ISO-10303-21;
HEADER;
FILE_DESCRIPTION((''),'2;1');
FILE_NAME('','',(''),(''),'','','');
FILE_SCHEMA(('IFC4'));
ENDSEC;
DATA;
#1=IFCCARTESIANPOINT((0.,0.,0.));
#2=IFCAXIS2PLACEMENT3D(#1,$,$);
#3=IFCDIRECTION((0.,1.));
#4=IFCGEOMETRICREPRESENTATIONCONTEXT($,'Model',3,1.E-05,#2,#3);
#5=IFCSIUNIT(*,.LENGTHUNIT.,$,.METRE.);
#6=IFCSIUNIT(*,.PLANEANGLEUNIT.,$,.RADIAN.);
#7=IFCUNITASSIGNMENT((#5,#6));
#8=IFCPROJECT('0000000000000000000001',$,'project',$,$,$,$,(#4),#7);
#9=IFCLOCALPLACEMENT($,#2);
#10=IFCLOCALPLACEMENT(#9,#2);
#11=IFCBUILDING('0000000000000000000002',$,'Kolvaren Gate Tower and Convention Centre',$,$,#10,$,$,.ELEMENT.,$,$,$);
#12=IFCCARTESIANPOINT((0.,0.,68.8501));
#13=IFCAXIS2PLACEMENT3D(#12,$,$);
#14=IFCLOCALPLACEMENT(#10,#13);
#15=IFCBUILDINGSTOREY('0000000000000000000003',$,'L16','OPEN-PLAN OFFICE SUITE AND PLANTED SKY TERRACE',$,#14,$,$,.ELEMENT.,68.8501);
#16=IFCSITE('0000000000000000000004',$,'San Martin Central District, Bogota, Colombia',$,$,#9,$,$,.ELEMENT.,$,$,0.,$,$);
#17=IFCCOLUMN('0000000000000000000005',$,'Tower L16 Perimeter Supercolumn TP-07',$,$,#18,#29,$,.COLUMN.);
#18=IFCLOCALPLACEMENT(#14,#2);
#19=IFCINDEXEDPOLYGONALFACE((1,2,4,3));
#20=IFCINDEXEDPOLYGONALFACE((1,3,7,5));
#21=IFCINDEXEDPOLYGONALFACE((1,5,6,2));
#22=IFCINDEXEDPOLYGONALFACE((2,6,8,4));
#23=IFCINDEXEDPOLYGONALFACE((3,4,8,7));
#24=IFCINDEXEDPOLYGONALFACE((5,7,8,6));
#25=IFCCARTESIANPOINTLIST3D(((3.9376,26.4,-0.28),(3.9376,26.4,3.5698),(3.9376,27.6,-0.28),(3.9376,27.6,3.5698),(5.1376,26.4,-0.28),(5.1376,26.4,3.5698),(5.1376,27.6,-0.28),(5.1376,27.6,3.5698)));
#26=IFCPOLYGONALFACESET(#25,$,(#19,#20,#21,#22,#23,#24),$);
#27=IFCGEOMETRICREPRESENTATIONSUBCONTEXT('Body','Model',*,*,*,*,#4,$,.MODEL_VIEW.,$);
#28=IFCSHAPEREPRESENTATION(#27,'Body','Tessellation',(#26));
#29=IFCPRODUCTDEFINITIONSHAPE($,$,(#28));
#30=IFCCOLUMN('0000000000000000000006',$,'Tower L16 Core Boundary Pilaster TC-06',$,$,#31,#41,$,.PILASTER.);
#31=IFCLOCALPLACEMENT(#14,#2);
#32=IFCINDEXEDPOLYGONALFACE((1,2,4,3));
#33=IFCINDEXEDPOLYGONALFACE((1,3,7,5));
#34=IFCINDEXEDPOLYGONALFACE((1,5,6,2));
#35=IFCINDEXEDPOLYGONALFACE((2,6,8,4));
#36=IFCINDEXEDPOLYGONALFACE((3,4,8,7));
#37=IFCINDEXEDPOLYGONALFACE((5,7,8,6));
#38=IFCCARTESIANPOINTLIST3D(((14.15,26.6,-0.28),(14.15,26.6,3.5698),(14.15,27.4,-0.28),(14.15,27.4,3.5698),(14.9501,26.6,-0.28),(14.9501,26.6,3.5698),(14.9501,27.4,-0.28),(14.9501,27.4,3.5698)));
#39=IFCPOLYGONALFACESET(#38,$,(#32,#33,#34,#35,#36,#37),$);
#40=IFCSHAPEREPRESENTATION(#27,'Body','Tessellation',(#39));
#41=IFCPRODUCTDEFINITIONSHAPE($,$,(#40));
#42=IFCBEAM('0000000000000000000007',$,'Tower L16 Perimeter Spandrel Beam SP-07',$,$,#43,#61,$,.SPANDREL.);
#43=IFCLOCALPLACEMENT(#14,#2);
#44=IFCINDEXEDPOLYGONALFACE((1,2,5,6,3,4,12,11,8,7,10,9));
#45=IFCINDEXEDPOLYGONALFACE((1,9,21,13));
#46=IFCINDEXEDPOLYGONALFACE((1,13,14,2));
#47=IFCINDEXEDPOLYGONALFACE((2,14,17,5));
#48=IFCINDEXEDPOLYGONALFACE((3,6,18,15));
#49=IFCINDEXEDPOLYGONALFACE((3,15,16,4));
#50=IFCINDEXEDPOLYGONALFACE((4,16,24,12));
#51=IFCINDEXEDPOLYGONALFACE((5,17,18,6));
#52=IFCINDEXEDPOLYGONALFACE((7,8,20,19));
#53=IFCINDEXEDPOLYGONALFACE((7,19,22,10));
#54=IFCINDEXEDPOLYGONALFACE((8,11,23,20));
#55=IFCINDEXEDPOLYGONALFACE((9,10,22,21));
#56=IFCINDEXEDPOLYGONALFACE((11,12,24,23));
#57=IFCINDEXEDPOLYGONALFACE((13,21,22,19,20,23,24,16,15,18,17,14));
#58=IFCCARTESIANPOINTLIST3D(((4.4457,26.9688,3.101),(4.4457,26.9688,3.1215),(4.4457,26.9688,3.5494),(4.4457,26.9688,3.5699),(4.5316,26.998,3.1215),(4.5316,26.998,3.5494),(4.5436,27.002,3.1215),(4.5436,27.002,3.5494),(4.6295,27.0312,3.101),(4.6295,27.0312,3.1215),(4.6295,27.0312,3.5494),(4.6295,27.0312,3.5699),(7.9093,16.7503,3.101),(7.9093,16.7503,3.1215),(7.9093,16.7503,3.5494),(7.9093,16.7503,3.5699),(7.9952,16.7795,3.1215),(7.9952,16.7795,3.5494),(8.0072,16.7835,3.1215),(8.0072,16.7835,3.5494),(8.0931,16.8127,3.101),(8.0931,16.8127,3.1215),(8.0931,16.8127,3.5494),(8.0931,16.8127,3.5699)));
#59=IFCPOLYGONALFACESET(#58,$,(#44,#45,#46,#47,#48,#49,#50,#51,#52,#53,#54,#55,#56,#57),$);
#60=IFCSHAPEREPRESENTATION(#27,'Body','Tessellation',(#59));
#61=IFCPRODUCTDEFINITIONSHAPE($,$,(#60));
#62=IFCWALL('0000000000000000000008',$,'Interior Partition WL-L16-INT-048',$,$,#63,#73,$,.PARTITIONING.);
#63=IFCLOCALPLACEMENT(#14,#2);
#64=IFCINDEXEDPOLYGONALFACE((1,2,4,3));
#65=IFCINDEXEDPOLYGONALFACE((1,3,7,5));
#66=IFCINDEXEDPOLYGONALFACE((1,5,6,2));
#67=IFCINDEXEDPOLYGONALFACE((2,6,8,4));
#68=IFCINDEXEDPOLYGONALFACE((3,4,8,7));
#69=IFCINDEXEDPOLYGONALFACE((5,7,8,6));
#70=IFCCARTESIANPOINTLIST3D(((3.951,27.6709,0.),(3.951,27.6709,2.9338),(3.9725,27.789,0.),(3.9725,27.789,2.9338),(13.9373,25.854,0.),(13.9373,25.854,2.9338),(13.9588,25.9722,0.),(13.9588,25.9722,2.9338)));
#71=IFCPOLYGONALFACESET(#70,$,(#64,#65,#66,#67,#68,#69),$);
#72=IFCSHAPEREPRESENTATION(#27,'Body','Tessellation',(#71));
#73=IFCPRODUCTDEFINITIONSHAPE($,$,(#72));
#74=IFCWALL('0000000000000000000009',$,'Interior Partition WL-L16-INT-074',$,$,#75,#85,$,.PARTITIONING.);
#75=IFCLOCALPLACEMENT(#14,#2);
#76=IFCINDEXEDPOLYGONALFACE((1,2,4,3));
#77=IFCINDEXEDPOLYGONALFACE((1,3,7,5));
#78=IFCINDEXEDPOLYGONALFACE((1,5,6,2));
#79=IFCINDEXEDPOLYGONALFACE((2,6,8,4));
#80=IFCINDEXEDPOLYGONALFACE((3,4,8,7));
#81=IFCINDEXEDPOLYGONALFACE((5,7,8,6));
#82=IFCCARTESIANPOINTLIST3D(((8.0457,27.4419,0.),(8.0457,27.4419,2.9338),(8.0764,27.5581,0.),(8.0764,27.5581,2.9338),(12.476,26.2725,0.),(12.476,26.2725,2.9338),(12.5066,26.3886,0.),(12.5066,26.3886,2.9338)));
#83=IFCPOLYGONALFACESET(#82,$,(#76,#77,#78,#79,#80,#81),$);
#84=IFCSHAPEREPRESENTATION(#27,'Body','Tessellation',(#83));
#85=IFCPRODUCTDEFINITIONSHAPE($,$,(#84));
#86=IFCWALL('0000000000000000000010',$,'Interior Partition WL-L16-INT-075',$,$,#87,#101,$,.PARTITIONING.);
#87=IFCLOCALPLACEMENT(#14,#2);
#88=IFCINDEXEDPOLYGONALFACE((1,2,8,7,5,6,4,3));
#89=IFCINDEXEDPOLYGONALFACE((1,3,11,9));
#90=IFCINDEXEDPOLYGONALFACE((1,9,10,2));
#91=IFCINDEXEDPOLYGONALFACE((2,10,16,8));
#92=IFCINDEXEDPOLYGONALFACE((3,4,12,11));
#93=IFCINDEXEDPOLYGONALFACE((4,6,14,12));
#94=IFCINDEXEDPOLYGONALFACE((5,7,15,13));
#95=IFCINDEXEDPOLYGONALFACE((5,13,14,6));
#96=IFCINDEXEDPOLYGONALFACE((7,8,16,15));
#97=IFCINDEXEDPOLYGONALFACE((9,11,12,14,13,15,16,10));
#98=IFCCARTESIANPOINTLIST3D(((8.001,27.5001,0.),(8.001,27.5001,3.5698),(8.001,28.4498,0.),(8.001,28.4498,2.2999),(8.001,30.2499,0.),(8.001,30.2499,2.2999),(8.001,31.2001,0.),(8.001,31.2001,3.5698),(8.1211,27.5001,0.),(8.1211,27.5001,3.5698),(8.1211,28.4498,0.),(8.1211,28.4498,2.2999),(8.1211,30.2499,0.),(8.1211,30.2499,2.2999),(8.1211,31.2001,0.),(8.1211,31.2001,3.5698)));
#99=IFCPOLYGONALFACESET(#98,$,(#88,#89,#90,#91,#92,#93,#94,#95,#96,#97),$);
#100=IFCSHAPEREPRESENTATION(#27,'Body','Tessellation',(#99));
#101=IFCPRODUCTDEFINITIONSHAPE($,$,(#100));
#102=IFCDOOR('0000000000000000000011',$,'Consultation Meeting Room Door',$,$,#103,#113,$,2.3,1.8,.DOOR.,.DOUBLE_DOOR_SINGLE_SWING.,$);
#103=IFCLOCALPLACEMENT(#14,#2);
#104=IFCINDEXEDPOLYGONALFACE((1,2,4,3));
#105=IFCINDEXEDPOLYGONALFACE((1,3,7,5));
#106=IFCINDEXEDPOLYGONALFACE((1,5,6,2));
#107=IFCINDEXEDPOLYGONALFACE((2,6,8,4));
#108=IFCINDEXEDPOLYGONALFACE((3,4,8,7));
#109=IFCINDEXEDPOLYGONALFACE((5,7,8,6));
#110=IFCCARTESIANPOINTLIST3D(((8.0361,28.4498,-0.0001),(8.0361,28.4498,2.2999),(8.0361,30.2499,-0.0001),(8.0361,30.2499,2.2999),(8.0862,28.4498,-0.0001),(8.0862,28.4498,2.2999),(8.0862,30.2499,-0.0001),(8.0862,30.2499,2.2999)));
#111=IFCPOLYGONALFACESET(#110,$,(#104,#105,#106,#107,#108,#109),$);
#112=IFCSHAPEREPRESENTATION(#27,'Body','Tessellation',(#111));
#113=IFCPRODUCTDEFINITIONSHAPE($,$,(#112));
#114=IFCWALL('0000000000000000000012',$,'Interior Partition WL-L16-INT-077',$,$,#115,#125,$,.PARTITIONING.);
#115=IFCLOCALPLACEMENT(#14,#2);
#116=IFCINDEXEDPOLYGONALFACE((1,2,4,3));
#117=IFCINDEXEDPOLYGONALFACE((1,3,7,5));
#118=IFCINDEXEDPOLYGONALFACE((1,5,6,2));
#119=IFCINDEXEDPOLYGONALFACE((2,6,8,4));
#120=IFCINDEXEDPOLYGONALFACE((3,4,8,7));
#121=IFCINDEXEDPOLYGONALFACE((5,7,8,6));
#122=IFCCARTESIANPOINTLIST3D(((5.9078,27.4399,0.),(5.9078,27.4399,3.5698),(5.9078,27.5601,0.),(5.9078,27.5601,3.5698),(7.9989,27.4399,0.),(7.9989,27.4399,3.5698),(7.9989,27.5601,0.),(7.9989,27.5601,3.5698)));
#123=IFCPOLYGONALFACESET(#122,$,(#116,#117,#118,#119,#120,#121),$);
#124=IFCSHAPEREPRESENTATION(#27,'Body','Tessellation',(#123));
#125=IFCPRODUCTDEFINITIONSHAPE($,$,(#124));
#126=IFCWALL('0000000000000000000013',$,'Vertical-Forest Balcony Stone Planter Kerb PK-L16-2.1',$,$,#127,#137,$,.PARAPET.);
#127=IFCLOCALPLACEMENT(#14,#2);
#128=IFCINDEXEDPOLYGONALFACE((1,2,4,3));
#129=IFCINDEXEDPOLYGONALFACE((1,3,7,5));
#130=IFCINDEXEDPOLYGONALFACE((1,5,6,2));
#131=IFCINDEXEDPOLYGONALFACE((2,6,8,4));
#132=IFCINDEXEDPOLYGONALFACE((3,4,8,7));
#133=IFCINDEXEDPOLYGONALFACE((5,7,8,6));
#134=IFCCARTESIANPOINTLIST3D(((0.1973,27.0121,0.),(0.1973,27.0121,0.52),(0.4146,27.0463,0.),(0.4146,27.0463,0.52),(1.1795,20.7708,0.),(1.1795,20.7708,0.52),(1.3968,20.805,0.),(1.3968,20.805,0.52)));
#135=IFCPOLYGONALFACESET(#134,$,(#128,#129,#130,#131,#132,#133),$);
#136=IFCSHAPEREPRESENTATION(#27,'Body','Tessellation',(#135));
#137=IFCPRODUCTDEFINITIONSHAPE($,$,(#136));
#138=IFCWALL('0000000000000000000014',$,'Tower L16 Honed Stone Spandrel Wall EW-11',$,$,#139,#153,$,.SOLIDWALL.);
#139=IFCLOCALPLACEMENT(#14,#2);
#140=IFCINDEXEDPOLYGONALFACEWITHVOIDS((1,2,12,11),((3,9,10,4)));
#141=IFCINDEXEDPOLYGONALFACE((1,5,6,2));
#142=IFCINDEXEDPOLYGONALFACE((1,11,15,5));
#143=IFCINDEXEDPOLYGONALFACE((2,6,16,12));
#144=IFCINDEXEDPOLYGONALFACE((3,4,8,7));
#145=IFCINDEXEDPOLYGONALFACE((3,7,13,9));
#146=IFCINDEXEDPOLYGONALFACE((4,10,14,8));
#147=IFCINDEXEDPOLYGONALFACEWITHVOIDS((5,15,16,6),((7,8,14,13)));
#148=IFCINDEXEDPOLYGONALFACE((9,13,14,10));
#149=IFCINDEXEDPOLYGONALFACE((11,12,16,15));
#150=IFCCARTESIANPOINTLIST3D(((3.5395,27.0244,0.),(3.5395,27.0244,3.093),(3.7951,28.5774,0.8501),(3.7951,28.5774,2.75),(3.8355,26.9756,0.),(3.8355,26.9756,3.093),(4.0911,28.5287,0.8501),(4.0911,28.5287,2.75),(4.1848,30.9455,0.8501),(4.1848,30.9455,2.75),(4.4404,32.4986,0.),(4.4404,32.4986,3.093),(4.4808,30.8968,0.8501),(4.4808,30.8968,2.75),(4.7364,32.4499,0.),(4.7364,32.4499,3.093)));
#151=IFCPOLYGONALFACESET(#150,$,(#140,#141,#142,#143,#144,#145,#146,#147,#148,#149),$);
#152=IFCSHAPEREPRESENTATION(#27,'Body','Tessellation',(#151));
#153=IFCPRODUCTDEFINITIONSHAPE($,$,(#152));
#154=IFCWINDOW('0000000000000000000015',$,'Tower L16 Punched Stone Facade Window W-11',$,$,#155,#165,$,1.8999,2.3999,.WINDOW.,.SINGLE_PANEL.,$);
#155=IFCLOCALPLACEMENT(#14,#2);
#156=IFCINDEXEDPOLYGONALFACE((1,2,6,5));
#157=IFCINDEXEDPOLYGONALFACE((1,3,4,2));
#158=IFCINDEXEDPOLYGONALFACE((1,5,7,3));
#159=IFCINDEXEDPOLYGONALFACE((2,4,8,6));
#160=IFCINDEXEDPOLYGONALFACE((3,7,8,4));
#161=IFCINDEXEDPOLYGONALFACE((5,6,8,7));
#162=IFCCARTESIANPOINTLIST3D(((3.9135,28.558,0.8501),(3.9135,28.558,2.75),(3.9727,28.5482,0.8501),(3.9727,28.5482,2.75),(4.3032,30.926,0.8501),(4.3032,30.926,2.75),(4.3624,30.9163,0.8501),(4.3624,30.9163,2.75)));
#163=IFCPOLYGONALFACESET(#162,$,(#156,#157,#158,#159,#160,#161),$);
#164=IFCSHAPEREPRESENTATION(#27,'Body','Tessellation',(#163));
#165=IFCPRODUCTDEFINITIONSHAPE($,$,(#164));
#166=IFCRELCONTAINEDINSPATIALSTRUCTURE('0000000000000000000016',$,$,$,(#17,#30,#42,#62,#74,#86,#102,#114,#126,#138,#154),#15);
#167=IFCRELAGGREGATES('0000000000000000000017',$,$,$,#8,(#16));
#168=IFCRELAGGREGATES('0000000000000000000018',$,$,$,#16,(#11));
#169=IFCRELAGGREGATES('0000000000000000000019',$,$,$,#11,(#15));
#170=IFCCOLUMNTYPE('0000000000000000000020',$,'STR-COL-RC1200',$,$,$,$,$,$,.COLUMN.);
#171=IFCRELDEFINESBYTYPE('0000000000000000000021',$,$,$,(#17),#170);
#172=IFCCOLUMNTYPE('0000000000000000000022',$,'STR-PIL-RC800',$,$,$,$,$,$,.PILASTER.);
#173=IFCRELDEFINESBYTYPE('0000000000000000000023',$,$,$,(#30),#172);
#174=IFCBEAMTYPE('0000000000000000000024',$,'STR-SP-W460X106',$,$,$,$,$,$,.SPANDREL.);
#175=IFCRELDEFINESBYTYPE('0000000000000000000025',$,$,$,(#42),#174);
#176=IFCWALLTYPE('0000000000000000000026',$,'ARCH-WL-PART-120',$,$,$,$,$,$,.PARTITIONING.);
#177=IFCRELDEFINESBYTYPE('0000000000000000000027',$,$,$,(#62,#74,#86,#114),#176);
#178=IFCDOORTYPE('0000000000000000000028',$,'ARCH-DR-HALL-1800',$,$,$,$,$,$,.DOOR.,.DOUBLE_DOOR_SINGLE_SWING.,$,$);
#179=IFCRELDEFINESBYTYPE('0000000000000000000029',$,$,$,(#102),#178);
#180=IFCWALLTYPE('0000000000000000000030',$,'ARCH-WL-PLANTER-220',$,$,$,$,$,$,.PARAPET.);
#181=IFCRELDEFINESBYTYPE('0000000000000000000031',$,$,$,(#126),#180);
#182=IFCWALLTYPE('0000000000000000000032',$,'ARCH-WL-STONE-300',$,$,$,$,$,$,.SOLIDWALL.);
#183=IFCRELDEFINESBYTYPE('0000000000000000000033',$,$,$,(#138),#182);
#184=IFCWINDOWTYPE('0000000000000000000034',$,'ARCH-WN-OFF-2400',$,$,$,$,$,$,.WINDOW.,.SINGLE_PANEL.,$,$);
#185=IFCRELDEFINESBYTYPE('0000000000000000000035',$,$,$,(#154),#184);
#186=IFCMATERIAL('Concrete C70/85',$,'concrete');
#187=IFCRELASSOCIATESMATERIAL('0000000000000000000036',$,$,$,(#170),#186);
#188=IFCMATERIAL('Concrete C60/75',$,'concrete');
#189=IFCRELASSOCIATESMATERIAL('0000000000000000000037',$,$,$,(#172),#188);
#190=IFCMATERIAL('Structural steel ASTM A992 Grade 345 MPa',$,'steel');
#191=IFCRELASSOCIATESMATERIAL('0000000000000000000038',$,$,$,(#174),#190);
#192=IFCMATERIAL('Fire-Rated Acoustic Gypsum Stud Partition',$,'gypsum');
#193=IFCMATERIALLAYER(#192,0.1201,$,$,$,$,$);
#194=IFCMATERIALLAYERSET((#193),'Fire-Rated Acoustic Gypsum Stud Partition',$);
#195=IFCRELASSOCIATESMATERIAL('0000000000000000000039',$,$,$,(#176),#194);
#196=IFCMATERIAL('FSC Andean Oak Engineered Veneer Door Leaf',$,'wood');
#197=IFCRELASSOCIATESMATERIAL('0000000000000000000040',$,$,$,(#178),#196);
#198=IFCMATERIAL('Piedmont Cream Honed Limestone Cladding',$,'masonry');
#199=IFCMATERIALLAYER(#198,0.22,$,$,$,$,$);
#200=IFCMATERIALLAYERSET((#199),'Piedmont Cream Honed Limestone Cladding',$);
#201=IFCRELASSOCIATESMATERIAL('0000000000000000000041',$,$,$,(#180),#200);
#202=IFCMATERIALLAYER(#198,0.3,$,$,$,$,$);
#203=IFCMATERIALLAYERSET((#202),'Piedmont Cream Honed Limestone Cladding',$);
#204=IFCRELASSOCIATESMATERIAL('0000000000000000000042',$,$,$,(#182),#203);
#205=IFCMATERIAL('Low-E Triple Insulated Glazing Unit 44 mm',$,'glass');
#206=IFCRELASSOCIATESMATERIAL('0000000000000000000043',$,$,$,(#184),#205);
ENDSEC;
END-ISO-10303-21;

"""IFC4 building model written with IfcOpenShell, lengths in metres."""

from ifc_helpers import new_model, si_unit, direction, frame, frame_2d, origin, origin_2d, place, context, subcontext, project, spatial, rectangle, i_section, extrude, material, layer, layer_set, material_profile, profile_set, type_object, element, fill, save


model = new_model("IFC4")

# Units and contexts
model_context = context("Model", 3, precision=1e-05, world=origin(), true_north=direction((0.0, 1.0)))
body_context = subcontext(model_context, "Body", "Model", "MODEL_VIEW")
ifc_project = project(units=[si_unit("LENGTHUNIT", "METRE"), si_unit("PLANEANGLEUNIT", "RADIAN")], contexts=[model_context])

# Site, building, storey
site_placement = place(None, origin())
site = spatial("IfcSite", under=ifc_project, at=site_placement, Name="San Martin Central District, Bogota, Colombia", CompositionType="ELEMENT", RefElevation=0.0)
building_placement = place(site_placement, origin())
building = spatial("IfcBuilding", under=site, at=building_placement, Name="Kolvaren Gate Tower and Convention Centre", CompositionType="ELEMENT")
storey_placement = place(building_placement, frame((0.0, 0.0, 68.8501)))
storey = spatial("IfcBuildingStorey", under=building, at=storey_placement, Name="L16", Description="OPEN-PLAN OFFICE SUITE AND PLANTED SKY TERRACE", CompositionType="ELEMENT", Elevation=68.8501)

# Columns
ifc_material_1 = material(Name="Concrete C70/85", Category="concrete")
ifc_material_profile_1 = material_profile(ifc_material_1, rectangle(XDim=1.2, YDim=1.2, at=origin_2d()), Name="RC-COL-1200X1200")
ifc_profile_set_1 = profile_set([ifc_material_profile_1], Name="Concrete C70/85")
column_type_1 = type_object("IfcColumnType", Name="STR-COL-RC1200", PredefinedType="COLUMN", material=ifc_profile_set_1)
column_1_placement = place(storey_placement, frame((4.5376, 27.0, -0.28), z_axis=(0.0, 0.0, 1.0), x_axis=(1.0, 0.0, 0.0)))
element("IfcColumn", 1, at=column_1_placement, inside=storey, type_object=column_type_1, Name="Tower L16 Perimeter Supercolumn TP-07", PredefinedType="COLUMN", context=body_context, shape_type="SweptSolid", body=[
    extrude(rectangle(XDim=1.2, YDim=1.2, at=origin_2d()), origin(), (0.0, 0.0, 1.0), 3.8499),
])
ifc_material_2 = material(Name="Concrete C60/75", Category="concrete")
ifc_material_profile_2 = material_profile(ifc_material_2, rectangle(XDim=0.8, YDim=0.8, at=origin_2d()), Name="RC-COL-800X800")
ifc_profile_set_2 = profile_set([ifc_material_profile_2], Name="Concrete C60/75")
column_type_2 = type_object("IfcColumnType", Name="STR-PIL-RC800", PredefinedType="PILASTER", material=ifc_profile_set_2)
column_2_placement = place(storey_placement, frame((14.55, 27.0, -0.28), z_axis=(0.0, 0.0, 1.0), x_axis=(1.0, 0.0, 0.0)))
element("IfcColumn", 2, at=column_2_placement, inside=storey, type_object=column_type_2, Name="Tower L16 Core Boundary Pilaster TC-06", PredefinedType="PILASTER", context=body_context, shape_type="SweptSolid", body=[
    extrude(rectangle(XDim=0.8, YDim=0.8, at=origin_2d()), origin(), (0.0, 0.0, 1.0), 3.8499),
])

# Beam
ifc_material_3 = material(Name="Structural steel ASTM A992 Grade 345 MPa", Category="steel")
ifc_material_profile_3 = material_profile(ifc_material_3, i_section(OverallWidth=0.1941, OverallDepth=0.469, WebThickness=0.0127, FlangeThickness=0.0205, at=origin_2d()), Name="W460X106")
ifc_profile_set_3 = profile_set([ifc_material_profile_3], Name="Structural steel ASTM A992 Grade 345 MPa")
beam_type = type_object("IfcBeamType", Name="STR-SP-W460X106", PredefinedType="SPANDREL", material=ifc_profile_set_3)
beam_placement = place(storey_placement, frame((4.5376, 27.0, 3.3354), z_axis=(0.321016, -0.947074, 0.0), x_axis=(0.947074, 0.321016, 0.0)))
element("IfcBeam", 3, at=beam_placement, inside=storey, type_object=beam_type, Name="Tower L16 Perimeter Spandrel Beam SP-07", PredefinedType="SPANDREL", context=body_context, shape_type="SweptSolid", body=[
    extrude(i_section(OverallWidth=0.1941, OverallDepth=0.469, WebThickness=0.0127, FlangeThickness=0.0205, at=origin_2d()), origin(), (0.0, 0.0, 1.0), 10.7896),
])

# Walls
ifc_material_4 = material(Name="Fire-Rated Acoustic Gypsum Stud Partition", Category="gypsum")
ifc_layer_1 = layer(ifc_material_4, 0.1201)
ifc_layer_set_1 = layer_set([ifc_layer_1], Name="Fire-Rated Acoustic Gypsum Stud Partition")
wall_type_1 = type_object("IfcWallType", Name="ARCH-WL-PART-120", PredefinedType="PARTITIONING", material=ifc_layer_set_1)
wall_1_placement = place(storey_placement, frame((3.9617, 27.73, 0.0), z_axis=(0.0, 0.0, 1.0), x_axis=(0.983849, -0.179, 0.0)))
element("IfcWall", 4, at=wall_1_placement, inside=storey, type_object=wall_type_1, Name="Interior Partition WL-L16-INT-048", PredefinedType="PARTITIONING", context=body_context, shape_type="SweptSolid", body=[
    extrude(rectangle(XDim=10.1501, YDim=0.1201, at=frame_2d((5.0752, 0.0))), origin(), (0.0, 0.0, 1.0), 2.9338),
])
wall_2_placement = place(storey_placement, frame((8.061, 27.5, 0.0), z_axis=(0.0, 0.0, 1.0), x_axis=(0.966881, -0.255228, 0.0)))
element("IfcWall", 5, at=wall_2_placement, inside=storey, type_object=wall_type_1, Name="Interior Partition WL-L16-INT-074", PredefinedType="PARTITIONING", context=body_context, shape_type="SweptSolid", body=[
    extrude(rectangle(XDim=4.582, YDim=0.1201, at=frame_2d((2.291, 0.0))), origin(), (0.0, 0.0, 1.0), 2.9338),
])

# Wall, opening, door
wall_3_placement = place(storey_placement, frame((8.061, 27.5, 0.0), z_axis=(0.0, 0.0, 1.0), x_axis=(0.0, 1.0, 0.0)))
wall_3 = element("IfcWall", 6, at=wall_3_placement, inside=storey, type_object=wall_type_1, Name="Interior Partition WL-L16-INT-075", PredefinedType="PARTITIONING", context=body_context, shape_type="SweptSolid", body=[
    extrude(rectangle(XDim=3.7, YDim=0.1201, at=frame_2d((1.8501, 0.0))), origin(), (0.0, 0.0, 1.0), 3.5698),
])
opening_1_placement = place(wall_3_placement, frame((0.95, 0.0, 0.0)))
opening_1 = element("IfcOpeningElement", 7, at=opening_1_placement, cuts=wall_3, PredefinedType="OPENING", context=body_context, shape_type="SweptSolid", body=[
    extrude(rectangle(XDim=1.8, YDim=2.3, at=frame_2d((0.8999, 1.1499))), frame((0.0, 0.0701, 0.0), z_axis=(0.0, -1.0, 0.0), x_axis=(1.0, 0.0, 0.0)), (0.0, 0.0, 1.0), 0.1401),
])
ifc_material_5 = material(Name="FSC Andean Oak Engineered Veneer Door Leaf", Category="wood")
door_type = type_object("IfcDoorType", Name="ARCH-DR-HALL-1800", OperationType="DOUBLE_DOOR_SINGLE_SWING", PredefinedType="DOOR", material=ifc_material_5)
door_placement = place(opening_1_placement, origin())
door = element("IfcDoor", 8, at=door_placement, inside=storey, type_object=door_type, Name="Consultation Meeting Room Door", OperationType="DOUBLE_DOOR_SINGLE_SWING", OverallHeight=2.3, OverallWidth=1.8, PredefinedType="DOOR", context=body_context, shape_type="SweptSolid", body=[
    extrude(rectangle(XDim=1.8, YDim=2.3, at=frame_2d((0.8999, 1.1499))), frame((0.0, 0.0249, 0.0), z_axis=(0.0, -1.0, 0.0), x_axis=(1.0, 0.0, 0.0)), (0.0, 0.0, 1.0), 0.05),
])
fill(opening_1, door)

# Walls
wall_4_placement = place(storey_placement, frame((5.908, 27.5, 0.0), z_axis=(0.0, 0.0, 1.0), x_axis=(1.0, 0.0, 0.0)))
element("IfcWall", 9, at=wall_4_placement, inside=storey, type_object=wall_type_1, Name="Interior Partition WL-L16-INT-077", PredefinedType="PARTITIONING", context=body_context, shape_type="SweptSolid", body=[
    extrude(rectangle(XDim=2.0911, YDim=0.1201, at=frame_2d((1.0454, 0.0))), origin(), (0.0, 0.0, 1.0), 3.5698),
])
ifc_material_6 = material(Name="Piedmont Cream Honed Limestone Cladding", Category="masonry")
ifc_layer_2 = layer(ifc_material_6, 0.22)
ifc_layer_set_2 = layer_set([ifc_layer_2], Name="Piedmont Cream Honed Limestone Cladding")
wall_type_2 = type_object("IfcWallType", Name="ARCH-WL-PLANTER-220", PredefinedType="PARAPET", material=ifc_layer_set_2)
wall_5_placement = place(storey_placement, frame((0.3059, 27.0293, 0.0), z_axis=(0.0, 0.0, 1.0), x_axis=(0.155457, -0.987843, 0.0)))
element("IfcWall", 10, at=wall_5_placement, inside=storey, type_object=wall_type_2, Name="Vertical-Forest Balcony Stone Planter Kerb PK-L16-2.1", PredefinedType="PARAPET", context=body_context, shape_type="SweptSolid", body=[
    extrude(rectangle(XDim=6.3181, YDim=0.22, at=frame_2d((3.1592, 0.0))), origin(), (0.0, 0.0, 1.0), 0.52),
])

# Wall, opening, window
ifc_layer_3 = layer(ifc_material_6, 0.3)
ifc_layer_set_3 = layer_set([ifc_layer_3], Name="Piedmont Cream Honed Limestone Cladding")
wall_type_3 = type_object("IfcWallType", Name="ARCH-WL-STONE-300", PredefinedType="SOLIDWALL", material=ifc_layer_set_3)
wall_6_placement = place(storey_placement, frame((3.6875, 27.0, 0.0), z_axis=(0.0, 0.0, 1.0), x_axis=(0.162386, 0.986727, 0.0)))
wall_6 = element("IfcWall", 11, at=wall_6_placement, inside=storey, type_object=wall_type_3, Name="Tower L16 Honed Stone Spandrel Wall EW-11", PredefinedType="SOLIDWALL", context=body_context, shape_type="SweptSolid", body=[
    extrude(rectangle(XDim=5.5479, YDim=0.3, at=frame_2d((2.7739, 0.0))), origin(), (0.0, 0.0, 1.0), 3.093),
])
opening_2_placement = place(wall_6_placement, frame((1.574, 0.0, 0.8501)))
opening_2 = element("IfcOpeningElement", 12, at=opening_2_placement, cuts=wall_6, PredefinedType="OPENING", context=body_context, shape_type="SweptSolid", body=[
    extrude(rectangle(XDim=2.3999, YDim=1.8999, at=frame_2d((1.2, 0.95))), frame((0.0, 0.1599, 0.0), z_axis=(0.0, -1.0, 0.0), x_axis=(1.0, 0.0, 0.0)), (0.0, 0.0, 1.0), 0.3201),
])
ifc_material_7 = material(Name="Low-E Triple Insulated Glazing Unit 44 mm", Category="glass")
window_type = type_object("IfcWindowType", Name="ARCH-WN-OFF-2400", PartitioningType="SINGLE_PANEL", PredefinedType="WINDOW", material=ifc_material_7)
window_1_placement = place(opening_2_placement, origin())
window_1 = element("IfcWindow", 13, at=window_1_placement, inside=storey, type_object=window_type, Name="Tower L16 Punched Stone Facade Window W-11", OverallHeight=1.8999, OverallWidth=2.3999, PartitioningType="SINGLE_PANEL", PredefinedType="WINDOW", context=body_context, shape_type="SweptSolid", body=[
    extrude(rectangle(XDim=2.3999, YDim=1.8999, at=frame_2d((1.2, 0.95))), frame((0.0, 0.03, 0.0), z_axis=(0.0, -1.0, 0.0), x_axis=(1.0, 0.0, 0.0)), (0.0, 0.0, 1.0), 0.0601),
])
fill(opening_2, window_1)

save(model, "model.ifc")
